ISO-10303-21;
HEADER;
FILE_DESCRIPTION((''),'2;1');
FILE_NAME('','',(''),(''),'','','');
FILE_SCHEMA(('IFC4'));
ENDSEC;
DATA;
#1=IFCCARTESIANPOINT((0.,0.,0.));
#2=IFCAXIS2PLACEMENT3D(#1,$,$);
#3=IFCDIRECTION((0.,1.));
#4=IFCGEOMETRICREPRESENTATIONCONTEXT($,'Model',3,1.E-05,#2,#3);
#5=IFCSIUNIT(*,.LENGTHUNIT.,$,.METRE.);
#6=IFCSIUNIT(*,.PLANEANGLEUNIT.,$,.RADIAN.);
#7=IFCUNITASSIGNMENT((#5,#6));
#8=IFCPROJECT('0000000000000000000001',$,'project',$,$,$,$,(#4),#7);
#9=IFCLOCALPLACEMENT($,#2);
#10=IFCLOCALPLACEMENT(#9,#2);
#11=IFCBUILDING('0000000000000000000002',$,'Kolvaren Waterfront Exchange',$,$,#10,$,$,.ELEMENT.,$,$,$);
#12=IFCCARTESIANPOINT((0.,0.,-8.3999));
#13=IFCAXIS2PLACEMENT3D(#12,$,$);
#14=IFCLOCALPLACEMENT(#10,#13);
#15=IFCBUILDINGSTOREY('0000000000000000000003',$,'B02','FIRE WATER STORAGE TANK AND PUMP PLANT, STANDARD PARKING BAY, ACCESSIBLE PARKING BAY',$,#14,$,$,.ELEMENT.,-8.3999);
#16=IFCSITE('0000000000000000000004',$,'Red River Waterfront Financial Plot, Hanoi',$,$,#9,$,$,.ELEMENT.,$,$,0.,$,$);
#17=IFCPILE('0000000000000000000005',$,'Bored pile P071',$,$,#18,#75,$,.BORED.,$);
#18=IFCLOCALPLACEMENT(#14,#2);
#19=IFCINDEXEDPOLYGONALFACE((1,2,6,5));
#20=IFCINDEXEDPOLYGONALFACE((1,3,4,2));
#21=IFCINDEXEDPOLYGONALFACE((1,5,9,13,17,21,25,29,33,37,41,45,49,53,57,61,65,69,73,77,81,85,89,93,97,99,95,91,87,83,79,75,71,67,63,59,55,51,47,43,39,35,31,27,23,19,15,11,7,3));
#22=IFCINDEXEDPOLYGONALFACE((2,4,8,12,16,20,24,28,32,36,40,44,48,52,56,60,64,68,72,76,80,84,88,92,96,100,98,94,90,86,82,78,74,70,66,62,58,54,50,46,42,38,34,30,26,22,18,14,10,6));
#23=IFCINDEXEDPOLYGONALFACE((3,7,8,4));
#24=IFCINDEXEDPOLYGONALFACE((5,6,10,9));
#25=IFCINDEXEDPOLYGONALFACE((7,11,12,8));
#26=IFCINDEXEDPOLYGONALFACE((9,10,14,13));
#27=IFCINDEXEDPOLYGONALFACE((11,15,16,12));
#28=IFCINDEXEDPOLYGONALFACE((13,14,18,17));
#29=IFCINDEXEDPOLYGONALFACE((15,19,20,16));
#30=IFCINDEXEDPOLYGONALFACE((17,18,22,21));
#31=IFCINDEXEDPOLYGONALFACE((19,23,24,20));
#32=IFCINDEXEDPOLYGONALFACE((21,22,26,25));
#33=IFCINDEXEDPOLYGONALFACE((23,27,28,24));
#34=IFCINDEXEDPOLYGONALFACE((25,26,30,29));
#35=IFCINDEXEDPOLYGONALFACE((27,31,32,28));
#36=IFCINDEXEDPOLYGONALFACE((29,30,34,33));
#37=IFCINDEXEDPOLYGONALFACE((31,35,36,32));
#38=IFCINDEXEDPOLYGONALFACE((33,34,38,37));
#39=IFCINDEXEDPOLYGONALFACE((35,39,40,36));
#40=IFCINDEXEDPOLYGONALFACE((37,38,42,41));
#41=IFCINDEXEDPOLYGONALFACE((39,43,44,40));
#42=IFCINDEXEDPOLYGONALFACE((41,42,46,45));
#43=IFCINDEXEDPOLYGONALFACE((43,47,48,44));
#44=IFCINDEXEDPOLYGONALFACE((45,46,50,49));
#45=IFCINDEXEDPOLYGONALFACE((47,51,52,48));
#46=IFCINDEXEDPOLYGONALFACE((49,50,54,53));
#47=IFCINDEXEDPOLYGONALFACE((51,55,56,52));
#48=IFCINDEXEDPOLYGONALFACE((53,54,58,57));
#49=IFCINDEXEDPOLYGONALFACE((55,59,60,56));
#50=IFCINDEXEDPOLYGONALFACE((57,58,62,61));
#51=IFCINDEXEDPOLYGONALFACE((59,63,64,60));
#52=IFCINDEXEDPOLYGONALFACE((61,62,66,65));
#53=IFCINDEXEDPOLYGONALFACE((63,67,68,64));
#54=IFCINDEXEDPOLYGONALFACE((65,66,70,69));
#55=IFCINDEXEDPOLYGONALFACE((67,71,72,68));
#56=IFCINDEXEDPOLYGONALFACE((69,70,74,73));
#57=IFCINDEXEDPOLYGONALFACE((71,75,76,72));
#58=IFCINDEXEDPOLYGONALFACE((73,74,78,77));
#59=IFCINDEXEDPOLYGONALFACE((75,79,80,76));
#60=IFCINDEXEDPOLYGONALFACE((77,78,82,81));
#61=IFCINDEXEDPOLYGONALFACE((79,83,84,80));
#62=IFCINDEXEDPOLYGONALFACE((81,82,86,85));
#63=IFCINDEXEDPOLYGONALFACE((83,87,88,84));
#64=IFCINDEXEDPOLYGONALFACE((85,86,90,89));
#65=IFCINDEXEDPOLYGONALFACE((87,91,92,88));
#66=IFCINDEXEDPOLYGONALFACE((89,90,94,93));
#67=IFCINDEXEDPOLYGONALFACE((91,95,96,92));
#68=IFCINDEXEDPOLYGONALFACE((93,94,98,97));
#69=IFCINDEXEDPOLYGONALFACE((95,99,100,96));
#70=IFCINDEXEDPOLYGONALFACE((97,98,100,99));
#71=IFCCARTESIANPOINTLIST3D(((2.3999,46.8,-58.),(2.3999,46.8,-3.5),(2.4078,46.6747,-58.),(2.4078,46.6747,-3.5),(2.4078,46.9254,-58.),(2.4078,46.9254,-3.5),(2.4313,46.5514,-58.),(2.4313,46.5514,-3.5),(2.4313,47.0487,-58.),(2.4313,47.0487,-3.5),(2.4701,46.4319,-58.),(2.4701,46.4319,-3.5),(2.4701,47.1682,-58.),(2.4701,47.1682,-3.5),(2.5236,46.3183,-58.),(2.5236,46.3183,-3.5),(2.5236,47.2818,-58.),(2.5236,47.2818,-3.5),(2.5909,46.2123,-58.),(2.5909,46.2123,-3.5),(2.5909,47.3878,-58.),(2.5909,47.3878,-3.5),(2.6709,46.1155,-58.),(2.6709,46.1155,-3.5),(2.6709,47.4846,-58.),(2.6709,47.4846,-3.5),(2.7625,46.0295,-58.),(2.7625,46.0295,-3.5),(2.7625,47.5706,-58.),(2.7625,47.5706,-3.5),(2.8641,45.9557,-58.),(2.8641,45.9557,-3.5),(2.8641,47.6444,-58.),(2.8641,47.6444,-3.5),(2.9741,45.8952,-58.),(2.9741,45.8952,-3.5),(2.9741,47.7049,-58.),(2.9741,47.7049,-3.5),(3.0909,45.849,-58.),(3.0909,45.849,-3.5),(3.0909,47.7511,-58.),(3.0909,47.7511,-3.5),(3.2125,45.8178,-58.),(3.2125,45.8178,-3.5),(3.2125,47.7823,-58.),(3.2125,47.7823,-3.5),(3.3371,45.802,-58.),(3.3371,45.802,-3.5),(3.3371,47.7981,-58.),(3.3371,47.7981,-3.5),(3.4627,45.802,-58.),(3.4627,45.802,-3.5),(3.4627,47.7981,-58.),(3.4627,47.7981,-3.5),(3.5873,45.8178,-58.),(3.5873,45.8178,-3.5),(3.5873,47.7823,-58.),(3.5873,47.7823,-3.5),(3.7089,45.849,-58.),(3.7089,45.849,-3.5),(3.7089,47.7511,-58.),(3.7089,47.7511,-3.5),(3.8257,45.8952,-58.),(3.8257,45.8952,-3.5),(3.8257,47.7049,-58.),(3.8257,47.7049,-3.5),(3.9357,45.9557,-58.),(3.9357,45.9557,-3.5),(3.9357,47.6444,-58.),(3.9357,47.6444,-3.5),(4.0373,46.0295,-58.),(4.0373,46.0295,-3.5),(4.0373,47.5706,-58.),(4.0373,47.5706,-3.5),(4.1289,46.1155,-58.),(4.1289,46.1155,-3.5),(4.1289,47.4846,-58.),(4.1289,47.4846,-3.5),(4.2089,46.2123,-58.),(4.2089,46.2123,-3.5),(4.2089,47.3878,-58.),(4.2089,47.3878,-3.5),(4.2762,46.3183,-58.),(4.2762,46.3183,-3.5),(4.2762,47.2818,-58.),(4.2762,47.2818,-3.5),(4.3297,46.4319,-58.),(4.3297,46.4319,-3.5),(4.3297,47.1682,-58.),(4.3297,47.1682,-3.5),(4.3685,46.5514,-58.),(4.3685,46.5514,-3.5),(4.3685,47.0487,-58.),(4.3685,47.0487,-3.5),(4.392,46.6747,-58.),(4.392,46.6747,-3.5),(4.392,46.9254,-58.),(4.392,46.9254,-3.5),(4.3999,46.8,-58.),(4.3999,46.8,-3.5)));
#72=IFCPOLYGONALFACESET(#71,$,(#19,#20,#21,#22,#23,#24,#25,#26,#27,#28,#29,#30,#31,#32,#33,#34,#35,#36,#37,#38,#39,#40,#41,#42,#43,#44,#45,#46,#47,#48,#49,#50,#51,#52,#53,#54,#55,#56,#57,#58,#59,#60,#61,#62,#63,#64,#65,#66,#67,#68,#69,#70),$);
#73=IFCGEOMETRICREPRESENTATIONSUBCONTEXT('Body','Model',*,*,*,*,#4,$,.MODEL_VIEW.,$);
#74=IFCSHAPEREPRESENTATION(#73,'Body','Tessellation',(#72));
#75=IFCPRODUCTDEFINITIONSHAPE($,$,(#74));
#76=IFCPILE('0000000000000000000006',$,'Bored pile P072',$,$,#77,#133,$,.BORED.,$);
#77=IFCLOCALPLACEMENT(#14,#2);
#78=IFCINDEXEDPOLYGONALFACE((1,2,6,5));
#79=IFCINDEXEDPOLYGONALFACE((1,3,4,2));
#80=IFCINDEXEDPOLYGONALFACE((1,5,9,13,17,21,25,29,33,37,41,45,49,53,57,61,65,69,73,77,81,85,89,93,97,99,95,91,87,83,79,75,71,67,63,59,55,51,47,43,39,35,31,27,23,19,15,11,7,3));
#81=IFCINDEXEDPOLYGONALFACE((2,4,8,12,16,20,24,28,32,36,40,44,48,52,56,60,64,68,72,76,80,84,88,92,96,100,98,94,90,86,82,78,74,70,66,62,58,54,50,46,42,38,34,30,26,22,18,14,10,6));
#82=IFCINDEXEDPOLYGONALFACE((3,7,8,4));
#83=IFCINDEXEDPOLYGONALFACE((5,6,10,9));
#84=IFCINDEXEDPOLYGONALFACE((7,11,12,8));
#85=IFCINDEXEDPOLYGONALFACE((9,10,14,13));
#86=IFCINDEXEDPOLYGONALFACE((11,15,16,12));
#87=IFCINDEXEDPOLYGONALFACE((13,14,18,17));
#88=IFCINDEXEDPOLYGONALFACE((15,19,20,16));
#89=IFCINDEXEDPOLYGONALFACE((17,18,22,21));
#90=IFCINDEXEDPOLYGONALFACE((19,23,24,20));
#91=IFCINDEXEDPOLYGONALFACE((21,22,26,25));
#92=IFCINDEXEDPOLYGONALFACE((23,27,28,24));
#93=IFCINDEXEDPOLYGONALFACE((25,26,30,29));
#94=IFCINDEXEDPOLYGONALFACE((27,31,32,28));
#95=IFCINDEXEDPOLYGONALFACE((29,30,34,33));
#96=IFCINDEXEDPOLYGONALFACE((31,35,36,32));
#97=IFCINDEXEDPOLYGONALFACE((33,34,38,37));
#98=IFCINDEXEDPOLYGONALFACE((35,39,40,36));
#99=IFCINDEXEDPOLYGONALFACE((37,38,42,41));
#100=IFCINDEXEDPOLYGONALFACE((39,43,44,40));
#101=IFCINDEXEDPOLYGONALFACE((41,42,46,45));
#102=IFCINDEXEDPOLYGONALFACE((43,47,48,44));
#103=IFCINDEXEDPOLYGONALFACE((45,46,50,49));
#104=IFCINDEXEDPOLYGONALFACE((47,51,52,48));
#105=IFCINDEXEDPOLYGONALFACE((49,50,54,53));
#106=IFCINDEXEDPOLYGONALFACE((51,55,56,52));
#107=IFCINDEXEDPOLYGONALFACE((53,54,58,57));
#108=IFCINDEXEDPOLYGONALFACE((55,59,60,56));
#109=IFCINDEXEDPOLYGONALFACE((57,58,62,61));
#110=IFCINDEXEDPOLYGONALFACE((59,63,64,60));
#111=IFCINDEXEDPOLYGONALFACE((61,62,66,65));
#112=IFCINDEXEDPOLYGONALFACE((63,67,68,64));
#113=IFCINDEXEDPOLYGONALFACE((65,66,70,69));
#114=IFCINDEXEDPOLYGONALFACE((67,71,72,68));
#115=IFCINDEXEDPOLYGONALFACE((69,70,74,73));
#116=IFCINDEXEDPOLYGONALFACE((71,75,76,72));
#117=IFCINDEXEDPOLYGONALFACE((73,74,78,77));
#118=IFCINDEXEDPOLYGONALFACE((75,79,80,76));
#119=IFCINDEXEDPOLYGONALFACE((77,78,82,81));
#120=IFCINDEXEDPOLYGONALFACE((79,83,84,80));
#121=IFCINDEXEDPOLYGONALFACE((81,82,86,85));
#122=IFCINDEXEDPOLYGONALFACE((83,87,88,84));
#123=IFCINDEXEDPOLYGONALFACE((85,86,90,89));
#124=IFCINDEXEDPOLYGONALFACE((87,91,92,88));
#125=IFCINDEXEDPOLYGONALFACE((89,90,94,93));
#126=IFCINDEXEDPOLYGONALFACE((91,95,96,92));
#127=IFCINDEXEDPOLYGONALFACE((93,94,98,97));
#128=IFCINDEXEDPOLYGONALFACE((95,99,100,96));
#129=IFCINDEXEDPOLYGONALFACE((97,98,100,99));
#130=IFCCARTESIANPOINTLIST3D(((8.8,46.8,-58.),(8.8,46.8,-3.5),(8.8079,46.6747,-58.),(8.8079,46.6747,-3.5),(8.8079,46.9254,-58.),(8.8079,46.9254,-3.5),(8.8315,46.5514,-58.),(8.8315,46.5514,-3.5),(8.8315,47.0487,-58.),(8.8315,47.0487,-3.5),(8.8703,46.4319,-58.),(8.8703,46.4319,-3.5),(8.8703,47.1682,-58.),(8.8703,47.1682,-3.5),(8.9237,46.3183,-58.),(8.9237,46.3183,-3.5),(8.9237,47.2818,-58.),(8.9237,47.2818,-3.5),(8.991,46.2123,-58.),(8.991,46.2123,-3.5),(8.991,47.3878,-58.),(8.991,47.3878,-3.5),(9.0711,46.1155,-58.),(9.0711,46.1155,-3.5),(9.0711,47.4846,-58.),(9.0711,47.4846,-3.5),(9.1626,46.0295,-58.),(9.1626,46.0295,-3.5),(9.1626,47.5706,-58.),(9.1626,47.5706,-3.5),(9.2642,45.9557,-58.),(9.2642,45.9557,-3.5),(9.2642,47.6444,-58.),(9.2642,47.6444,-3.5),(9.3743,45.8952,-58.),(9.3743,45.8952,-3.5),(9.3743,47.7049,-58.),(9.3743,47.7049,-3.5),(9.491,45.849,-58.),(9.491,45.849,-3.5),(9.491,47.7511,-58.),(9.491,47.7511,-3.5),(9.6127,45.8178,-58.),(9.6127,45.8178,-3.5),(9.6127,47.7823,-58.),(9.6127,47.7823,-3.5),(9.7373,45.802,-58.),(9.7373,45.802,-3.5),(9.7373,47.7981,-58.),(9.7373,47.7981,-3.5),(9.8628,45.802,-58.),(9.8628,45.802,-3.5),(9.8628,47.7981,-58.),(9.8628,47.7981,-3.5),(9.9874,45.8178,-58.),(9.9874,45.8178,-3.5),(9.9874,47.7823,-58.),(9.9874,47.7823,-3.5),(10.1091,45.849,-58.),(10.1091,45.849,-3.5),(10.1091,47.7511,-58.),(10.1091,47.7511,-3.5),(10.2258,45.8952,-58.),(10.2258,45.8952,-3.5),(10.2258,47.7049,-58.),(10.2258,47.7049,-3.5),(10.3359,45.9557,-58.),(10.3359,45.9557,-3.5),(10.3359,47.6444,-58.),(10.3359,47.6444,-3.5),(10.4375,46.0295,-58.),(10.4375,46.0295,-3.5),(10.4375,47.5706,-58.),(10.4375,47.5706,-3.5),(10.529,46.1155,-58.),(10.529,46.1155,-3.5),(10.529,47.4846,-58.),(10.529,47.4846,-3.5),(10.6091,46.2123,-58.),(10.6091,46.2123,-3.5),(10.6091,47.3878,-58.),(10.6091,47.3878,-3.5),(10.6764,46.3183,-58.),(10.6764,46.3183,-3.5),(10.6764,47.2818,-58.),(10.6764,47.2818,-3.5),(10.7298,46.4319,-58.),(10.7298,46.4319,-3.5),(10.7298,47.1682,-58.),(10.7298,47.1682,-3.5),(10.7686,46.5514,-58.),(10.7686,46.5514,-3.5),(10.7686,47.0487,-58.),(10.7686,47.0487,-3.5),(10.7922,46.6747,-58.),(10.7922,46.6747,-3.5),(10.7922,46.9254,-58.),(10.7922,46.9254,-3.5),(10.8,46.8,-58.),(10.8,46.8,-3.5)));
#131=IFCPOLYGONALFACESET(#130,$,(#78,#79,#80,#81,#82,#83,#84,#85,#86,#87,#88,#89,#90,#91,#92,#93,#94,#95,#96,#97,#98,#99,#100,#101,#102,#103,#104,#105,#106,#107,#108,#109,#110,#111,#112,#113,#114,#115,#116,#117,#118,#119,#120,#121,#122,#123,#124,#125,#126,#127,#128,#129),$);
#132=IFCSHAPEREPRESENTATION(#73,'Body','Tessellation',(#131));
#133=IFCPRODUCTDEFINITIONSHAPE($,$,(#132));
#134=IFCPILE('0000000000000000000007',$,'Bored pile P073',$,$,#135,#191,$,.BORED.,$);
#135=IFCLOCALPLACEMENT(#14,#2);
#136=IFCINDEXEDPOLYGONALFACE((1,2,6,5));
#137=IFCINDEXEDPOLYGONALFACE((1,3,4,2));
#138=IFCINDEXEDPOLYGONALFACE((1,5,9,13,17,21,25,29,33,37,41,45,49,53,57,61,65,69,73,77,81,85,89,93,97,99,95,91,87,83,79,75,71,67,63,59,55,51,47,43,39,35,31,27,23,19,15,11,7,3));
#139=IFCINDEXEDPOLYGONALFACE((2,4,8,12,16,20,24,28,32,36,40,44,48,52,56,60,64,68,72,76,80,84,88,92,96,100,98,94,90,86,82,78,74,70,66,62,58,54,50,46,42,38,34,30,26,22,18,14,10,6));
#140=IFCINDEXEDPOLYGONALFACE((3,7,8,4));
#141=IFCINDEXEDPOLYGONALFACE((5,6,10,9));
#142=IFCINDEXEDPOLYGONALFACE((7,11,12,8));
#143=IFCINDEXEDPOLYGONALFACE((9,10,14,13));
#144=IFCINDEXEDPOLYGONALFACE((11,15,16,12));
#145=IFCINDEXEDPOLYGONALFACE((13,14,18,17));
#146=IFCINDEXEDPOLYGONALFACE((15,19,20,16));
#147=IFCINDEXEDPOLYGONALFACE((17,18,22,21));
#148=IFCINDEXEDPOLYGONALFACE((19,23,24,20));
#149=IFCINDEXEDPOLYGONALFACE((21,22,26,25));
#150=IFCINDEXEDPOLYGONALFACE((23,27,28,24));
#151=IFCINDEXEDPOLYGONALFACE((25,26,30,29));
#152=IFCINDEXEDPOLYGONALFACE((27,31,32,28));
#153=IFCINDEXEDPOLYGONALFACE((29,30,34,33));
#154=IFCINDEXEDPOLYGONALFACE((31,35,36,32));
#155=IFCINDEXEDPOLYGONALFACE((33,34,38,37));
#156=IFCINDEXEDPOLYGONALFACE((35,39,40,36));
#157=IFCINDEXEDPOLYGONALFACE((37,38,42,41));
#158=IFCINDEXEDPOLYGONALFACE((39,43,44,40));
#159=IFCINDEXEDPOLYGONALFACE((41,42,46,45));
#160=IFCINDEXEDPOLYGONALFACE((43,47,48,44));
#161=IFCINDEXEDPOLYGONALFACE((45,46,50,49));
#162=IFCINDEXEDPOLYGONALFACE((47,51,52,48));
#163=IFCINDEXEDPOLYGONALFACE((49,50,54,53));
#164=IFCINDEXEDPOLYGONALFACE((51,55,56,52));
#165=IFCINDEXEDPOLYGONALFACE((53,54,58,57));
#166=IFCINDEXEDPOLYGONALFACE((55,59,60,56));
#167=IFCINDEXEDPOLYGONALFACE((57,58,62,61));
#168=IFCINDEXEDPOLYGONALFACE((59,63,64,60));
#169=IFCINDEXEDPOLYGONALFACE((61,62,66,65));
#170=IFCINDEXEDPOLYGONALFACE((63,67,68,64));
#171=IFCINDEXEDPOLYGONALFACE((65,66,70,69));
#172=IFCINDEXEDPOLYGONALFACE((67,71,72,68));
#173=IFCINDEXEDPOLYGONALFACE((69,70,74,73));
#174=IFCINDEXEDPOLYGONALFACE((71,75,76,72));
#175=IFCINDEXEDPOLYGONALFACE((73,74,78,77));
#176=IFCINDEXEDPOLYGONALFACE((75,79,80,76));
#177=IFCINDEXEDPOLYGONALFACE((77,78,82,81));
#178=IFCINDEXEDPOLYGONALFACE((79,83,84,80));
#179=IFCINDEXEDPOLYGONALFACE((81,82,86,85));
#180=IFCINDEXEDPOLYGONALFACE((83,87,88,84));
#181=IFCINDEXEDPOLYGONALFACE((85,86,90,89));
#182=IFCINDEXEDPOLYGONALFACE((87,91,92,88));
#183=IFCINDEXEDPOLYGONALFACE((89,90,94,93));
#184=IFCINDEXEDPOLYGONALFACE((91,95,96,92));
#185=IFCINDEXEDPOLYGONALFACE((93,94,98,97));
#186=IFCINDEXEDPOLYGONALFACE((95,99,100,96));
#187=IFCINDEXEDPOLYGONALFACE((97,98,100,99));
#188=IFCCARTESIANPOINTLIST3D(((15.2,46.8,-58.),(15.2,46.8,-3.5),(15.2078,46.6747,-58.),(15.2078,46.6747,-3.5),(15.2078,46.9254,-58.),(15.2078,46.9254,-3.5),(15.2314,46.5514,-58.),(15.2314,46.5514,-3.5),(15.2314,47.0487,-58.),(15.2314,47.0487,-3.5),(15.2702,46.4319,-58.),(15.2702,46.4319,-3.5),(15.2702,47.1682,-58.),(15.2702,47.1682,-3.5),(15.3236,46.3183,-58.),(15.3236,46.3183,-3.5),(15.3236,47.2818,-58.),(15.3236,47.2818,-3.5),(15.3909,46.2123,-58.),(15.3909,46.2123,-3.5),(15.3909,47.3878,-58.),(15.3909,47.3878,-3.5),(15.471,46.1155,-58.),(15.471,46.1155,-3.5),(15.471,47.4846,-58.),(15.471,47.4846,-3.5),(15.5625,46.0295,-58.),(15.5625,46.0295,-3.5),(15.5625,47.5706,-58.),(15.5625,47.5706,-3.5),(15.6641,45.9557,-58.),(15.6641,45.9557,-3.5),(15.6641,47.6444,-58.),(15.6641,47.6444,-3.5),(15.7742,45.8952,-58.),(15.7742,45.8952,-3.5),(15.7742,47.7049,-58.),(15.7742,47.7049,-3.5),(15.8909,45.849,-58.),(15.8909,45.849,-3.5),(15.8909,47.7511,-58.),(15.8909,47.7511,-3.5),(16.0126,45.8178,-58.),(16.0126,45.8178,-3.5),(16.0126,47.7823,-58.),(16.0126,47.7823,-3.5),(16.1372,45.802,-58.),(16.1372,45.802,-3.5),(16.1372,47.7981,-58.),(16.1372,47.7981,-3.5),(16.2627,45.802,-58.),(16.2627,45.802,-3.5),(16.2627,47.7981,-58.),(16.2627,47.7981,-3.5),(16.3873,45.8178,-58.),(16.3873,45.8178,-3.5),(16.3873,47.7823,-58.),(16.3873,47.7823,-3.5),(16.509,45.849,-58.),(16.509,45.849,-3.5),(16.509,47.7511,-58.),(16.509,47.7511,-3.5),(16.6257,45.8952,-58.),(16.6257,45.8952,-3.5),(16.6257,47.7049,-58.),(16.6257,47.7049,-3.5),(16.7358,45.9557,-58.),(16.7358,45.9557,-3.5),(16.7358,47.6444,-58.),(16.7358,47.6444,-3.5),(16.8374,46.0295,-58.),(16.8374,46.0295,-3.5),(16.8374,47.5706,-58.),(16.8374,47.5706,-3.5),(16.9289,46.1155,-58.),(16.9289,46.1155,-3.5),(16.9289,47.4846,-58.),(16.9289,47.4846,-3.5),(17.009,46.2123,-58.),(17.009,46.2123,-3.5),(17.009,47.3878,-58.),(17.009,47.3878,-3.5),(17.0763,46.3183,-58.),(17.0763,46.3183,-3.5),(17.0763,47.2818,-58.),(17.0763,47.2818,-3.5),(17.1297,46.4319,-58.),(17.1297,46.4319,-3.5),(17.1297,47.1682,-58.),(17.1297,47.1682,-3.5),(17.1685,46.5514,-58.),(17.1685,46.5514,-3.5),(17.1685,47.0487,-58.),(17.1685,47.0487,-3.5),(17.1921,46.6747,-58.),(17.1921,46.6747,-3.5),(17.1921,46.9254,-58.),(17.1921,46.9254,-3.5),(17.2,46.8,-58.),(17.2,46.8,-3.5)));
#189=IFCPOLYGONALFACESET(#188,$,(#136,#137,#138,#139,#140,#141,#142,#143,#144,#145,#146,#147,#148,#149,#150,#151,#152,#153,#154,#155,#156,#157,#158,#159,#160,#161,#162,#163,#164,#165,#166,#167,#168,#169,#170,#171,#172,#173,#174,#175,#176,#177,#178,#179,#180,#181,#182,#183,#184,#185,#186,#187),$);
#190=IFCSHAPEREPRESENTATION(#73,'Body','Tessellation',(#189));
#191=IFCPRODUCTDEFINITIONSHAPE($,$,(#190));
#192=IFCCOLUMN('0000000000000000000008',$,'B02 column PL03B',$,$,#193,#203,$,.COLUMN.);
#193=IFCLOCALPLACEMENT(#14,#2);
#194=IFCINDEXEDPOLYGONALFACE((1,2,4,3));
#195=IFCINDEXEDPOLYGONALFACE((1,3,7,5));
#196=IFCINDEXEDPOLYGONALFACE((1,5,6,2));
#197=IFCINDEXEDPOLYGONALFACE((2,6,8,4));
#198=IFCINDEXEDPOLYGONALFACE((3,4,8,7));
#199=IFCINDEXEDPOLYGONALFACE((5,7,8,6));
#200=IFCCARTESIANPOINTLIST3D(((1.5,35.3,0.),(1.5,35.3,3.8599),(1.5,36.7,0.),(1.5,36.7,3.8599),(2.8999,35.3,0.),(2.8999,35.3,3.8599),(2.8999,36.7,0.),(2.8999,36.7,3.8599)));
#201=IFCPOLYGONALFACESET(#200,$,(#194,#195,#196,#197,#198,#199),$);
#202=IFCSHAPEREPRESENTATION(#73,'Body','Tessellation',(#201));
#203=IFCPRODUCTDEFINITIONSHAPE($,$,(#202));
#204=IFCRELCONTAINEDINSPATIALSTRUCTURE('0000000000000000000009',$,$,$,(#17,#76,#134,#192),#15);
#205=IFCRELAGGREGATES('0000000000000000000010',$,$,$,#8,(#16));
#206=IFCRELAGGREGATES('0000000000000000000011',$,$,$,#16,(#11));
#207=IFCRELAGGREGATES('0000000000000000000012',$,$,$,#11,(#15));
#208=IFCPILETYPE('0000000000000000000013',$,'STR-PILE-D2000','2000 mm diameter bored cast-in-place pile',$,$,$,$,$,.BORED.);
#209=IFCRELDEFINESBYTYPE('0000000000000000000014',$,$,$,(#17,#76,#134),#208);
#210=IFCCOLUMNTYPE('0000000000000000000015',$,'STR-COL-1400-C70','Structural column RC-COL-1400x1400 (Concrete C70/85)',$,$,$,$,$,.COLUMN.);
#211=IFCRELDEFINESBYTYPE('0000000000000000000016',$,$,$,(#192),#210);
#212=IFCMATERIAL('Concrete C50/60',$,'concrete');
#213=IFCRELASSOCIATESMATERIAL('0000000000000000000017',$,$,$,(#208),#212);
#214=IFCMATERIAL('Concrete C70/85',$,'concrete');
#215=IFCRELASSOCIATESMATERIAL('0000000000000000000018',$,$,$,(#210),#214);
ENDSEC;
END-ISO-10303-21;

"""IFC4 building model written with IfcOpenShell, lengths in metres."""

from ifc_helpers import new_model, si_unit, direction, frame, origin, origin_2d, place, context, subcontext, project, spatial, rectangle, circle, extrude, material, material_profile, profile_set, type_object, element, save


model = new_model("IFC4")

# Units and contexts
model_context = context("Model", 3, precision=1e-05, world=origin(), true_north=direction((0.0, 1.0)))
body_context = subcontext(model_context, "Body", "Model", "MODEL_VIEW")
ifc_project = project(units=[si_unit("LENGTHUNIT", "METRE"), si_unit("PLANEANGLEUNIT", "RADIAN")], contexts=[model_context])

# Site, building, storey
site_placement = place(None, origin())
site = spatial("IfcSite", under=ifc_project, at=site_placement, Name="Red River Waterfront Financial Plot, Hanoi", CompositionType="ELEMENT", RefElevation=0.0)
building_placement = place(site_placement, origin())
building = spatial("IfcBuilding", under=site, at=building_placement, Name="Kolvaren Waterfront Exchange", CompositionType="ELEMENT")
storey_placement = place(building_placement, frame((0.0, 0.0, -8.3999)))
storey = spatial("IfcBuildingStorey", under=building, at=storey_placement, Name="B02", Description="FIRE WATER STORAGE TANK AND PUMP PLANT, STANDARD PARKING BAY, ACCESSIBLE PARKING BAY", CompositionType="ELEMENT", Elevation=-8.3999)

# Piles
ifc_material_1 = material(Name="Concrete C50/60", Category="concrete")
ifc_material_profile_1 = material_profile(ifc_material_1, circle(Radius=1.0, at=origin_2d()), Name="RC-PILE-D2000")
ifc_profile_set_1 = profile_set([ifc_material_profile_1], Name="Concrete C50/60")
pile_type = type_object("IfcPileType", Name="STR-PILE-D2000", Description="2000 mm diameter bored cast-in-place pile", PredefinedType="BORED", material=ifc_profile_set_1)
for number, where, z_axis, x_axis, name in (
    (1, (3.3999, 46.8, -3.5), (0.0, 0.0, -1.0), (1.0, 0.0, 0.0), "Bored pile P071"),
    (2, (9.8, 46.8, -3.5), (0.0, 0.0, -1.0), (1.0, 0.0, 0.0), "Bored pile P072"),
    (3, (16.2, 46.8, -3.5), (0.0, 0.0, -1.0), (1.0, 0.0, 0.0), "Bored pile P073"),
):
    element("IfcPile", number, at=place(storey_placement, frame(where, z_axis=z_axis, x_axis=x_axis)), inside=storey, type_object=pile_type, Name=name, PredefinedType="BORED", context=body_context, shape_type="SweptSolid", body=[
        extrude(circle(Radius=1.0, at=origin_2d()), origin(), (0.0, 0.0, 1.0), 54.5),
    ])

# Column
ifc_material_2 = material(Name="Concrete C70/85", Category="concrete")
ifc_material_profile_2 = material_profile(ifc_material_2, rectangle(XDim=1.3999, YDim=1.3999, at=origin_2d()), Name="RC-COL-1400x1400")
ifc_profile_set_2 = profile_set([ifc_material_profile_2], Name="Concrete C70/85")
column_type_1 = type_object("IfcColumnType", Name="STR-COL-1400-C70", Description="Structural column RC-COL-1400x1400 (Concrete C70/85)", PredefinedType="COLUMN", material=ifc_profile_set_2)
column_placement = place(storey_placement, frame((2.2, 36.0, 0.0), z_axis=(0.0, 0.0, 1.0), x_axis=(1.0, 0.0, 0.0)))
element("IfcColumn", 4, at=column_placement, inside=storey, type_object=column_type_1, Name="B02 column PL03B", PredefinedType="COLUMN", context=body_context, shape_type="SweptSolid", body=[
    extrude(rectangle(XDim=1.3999, YDim=1.3999, at=origin_2d()), origin(), (0.0, 0.0, 1.0), 3.8599),
])

save(model, "model.ifc")
